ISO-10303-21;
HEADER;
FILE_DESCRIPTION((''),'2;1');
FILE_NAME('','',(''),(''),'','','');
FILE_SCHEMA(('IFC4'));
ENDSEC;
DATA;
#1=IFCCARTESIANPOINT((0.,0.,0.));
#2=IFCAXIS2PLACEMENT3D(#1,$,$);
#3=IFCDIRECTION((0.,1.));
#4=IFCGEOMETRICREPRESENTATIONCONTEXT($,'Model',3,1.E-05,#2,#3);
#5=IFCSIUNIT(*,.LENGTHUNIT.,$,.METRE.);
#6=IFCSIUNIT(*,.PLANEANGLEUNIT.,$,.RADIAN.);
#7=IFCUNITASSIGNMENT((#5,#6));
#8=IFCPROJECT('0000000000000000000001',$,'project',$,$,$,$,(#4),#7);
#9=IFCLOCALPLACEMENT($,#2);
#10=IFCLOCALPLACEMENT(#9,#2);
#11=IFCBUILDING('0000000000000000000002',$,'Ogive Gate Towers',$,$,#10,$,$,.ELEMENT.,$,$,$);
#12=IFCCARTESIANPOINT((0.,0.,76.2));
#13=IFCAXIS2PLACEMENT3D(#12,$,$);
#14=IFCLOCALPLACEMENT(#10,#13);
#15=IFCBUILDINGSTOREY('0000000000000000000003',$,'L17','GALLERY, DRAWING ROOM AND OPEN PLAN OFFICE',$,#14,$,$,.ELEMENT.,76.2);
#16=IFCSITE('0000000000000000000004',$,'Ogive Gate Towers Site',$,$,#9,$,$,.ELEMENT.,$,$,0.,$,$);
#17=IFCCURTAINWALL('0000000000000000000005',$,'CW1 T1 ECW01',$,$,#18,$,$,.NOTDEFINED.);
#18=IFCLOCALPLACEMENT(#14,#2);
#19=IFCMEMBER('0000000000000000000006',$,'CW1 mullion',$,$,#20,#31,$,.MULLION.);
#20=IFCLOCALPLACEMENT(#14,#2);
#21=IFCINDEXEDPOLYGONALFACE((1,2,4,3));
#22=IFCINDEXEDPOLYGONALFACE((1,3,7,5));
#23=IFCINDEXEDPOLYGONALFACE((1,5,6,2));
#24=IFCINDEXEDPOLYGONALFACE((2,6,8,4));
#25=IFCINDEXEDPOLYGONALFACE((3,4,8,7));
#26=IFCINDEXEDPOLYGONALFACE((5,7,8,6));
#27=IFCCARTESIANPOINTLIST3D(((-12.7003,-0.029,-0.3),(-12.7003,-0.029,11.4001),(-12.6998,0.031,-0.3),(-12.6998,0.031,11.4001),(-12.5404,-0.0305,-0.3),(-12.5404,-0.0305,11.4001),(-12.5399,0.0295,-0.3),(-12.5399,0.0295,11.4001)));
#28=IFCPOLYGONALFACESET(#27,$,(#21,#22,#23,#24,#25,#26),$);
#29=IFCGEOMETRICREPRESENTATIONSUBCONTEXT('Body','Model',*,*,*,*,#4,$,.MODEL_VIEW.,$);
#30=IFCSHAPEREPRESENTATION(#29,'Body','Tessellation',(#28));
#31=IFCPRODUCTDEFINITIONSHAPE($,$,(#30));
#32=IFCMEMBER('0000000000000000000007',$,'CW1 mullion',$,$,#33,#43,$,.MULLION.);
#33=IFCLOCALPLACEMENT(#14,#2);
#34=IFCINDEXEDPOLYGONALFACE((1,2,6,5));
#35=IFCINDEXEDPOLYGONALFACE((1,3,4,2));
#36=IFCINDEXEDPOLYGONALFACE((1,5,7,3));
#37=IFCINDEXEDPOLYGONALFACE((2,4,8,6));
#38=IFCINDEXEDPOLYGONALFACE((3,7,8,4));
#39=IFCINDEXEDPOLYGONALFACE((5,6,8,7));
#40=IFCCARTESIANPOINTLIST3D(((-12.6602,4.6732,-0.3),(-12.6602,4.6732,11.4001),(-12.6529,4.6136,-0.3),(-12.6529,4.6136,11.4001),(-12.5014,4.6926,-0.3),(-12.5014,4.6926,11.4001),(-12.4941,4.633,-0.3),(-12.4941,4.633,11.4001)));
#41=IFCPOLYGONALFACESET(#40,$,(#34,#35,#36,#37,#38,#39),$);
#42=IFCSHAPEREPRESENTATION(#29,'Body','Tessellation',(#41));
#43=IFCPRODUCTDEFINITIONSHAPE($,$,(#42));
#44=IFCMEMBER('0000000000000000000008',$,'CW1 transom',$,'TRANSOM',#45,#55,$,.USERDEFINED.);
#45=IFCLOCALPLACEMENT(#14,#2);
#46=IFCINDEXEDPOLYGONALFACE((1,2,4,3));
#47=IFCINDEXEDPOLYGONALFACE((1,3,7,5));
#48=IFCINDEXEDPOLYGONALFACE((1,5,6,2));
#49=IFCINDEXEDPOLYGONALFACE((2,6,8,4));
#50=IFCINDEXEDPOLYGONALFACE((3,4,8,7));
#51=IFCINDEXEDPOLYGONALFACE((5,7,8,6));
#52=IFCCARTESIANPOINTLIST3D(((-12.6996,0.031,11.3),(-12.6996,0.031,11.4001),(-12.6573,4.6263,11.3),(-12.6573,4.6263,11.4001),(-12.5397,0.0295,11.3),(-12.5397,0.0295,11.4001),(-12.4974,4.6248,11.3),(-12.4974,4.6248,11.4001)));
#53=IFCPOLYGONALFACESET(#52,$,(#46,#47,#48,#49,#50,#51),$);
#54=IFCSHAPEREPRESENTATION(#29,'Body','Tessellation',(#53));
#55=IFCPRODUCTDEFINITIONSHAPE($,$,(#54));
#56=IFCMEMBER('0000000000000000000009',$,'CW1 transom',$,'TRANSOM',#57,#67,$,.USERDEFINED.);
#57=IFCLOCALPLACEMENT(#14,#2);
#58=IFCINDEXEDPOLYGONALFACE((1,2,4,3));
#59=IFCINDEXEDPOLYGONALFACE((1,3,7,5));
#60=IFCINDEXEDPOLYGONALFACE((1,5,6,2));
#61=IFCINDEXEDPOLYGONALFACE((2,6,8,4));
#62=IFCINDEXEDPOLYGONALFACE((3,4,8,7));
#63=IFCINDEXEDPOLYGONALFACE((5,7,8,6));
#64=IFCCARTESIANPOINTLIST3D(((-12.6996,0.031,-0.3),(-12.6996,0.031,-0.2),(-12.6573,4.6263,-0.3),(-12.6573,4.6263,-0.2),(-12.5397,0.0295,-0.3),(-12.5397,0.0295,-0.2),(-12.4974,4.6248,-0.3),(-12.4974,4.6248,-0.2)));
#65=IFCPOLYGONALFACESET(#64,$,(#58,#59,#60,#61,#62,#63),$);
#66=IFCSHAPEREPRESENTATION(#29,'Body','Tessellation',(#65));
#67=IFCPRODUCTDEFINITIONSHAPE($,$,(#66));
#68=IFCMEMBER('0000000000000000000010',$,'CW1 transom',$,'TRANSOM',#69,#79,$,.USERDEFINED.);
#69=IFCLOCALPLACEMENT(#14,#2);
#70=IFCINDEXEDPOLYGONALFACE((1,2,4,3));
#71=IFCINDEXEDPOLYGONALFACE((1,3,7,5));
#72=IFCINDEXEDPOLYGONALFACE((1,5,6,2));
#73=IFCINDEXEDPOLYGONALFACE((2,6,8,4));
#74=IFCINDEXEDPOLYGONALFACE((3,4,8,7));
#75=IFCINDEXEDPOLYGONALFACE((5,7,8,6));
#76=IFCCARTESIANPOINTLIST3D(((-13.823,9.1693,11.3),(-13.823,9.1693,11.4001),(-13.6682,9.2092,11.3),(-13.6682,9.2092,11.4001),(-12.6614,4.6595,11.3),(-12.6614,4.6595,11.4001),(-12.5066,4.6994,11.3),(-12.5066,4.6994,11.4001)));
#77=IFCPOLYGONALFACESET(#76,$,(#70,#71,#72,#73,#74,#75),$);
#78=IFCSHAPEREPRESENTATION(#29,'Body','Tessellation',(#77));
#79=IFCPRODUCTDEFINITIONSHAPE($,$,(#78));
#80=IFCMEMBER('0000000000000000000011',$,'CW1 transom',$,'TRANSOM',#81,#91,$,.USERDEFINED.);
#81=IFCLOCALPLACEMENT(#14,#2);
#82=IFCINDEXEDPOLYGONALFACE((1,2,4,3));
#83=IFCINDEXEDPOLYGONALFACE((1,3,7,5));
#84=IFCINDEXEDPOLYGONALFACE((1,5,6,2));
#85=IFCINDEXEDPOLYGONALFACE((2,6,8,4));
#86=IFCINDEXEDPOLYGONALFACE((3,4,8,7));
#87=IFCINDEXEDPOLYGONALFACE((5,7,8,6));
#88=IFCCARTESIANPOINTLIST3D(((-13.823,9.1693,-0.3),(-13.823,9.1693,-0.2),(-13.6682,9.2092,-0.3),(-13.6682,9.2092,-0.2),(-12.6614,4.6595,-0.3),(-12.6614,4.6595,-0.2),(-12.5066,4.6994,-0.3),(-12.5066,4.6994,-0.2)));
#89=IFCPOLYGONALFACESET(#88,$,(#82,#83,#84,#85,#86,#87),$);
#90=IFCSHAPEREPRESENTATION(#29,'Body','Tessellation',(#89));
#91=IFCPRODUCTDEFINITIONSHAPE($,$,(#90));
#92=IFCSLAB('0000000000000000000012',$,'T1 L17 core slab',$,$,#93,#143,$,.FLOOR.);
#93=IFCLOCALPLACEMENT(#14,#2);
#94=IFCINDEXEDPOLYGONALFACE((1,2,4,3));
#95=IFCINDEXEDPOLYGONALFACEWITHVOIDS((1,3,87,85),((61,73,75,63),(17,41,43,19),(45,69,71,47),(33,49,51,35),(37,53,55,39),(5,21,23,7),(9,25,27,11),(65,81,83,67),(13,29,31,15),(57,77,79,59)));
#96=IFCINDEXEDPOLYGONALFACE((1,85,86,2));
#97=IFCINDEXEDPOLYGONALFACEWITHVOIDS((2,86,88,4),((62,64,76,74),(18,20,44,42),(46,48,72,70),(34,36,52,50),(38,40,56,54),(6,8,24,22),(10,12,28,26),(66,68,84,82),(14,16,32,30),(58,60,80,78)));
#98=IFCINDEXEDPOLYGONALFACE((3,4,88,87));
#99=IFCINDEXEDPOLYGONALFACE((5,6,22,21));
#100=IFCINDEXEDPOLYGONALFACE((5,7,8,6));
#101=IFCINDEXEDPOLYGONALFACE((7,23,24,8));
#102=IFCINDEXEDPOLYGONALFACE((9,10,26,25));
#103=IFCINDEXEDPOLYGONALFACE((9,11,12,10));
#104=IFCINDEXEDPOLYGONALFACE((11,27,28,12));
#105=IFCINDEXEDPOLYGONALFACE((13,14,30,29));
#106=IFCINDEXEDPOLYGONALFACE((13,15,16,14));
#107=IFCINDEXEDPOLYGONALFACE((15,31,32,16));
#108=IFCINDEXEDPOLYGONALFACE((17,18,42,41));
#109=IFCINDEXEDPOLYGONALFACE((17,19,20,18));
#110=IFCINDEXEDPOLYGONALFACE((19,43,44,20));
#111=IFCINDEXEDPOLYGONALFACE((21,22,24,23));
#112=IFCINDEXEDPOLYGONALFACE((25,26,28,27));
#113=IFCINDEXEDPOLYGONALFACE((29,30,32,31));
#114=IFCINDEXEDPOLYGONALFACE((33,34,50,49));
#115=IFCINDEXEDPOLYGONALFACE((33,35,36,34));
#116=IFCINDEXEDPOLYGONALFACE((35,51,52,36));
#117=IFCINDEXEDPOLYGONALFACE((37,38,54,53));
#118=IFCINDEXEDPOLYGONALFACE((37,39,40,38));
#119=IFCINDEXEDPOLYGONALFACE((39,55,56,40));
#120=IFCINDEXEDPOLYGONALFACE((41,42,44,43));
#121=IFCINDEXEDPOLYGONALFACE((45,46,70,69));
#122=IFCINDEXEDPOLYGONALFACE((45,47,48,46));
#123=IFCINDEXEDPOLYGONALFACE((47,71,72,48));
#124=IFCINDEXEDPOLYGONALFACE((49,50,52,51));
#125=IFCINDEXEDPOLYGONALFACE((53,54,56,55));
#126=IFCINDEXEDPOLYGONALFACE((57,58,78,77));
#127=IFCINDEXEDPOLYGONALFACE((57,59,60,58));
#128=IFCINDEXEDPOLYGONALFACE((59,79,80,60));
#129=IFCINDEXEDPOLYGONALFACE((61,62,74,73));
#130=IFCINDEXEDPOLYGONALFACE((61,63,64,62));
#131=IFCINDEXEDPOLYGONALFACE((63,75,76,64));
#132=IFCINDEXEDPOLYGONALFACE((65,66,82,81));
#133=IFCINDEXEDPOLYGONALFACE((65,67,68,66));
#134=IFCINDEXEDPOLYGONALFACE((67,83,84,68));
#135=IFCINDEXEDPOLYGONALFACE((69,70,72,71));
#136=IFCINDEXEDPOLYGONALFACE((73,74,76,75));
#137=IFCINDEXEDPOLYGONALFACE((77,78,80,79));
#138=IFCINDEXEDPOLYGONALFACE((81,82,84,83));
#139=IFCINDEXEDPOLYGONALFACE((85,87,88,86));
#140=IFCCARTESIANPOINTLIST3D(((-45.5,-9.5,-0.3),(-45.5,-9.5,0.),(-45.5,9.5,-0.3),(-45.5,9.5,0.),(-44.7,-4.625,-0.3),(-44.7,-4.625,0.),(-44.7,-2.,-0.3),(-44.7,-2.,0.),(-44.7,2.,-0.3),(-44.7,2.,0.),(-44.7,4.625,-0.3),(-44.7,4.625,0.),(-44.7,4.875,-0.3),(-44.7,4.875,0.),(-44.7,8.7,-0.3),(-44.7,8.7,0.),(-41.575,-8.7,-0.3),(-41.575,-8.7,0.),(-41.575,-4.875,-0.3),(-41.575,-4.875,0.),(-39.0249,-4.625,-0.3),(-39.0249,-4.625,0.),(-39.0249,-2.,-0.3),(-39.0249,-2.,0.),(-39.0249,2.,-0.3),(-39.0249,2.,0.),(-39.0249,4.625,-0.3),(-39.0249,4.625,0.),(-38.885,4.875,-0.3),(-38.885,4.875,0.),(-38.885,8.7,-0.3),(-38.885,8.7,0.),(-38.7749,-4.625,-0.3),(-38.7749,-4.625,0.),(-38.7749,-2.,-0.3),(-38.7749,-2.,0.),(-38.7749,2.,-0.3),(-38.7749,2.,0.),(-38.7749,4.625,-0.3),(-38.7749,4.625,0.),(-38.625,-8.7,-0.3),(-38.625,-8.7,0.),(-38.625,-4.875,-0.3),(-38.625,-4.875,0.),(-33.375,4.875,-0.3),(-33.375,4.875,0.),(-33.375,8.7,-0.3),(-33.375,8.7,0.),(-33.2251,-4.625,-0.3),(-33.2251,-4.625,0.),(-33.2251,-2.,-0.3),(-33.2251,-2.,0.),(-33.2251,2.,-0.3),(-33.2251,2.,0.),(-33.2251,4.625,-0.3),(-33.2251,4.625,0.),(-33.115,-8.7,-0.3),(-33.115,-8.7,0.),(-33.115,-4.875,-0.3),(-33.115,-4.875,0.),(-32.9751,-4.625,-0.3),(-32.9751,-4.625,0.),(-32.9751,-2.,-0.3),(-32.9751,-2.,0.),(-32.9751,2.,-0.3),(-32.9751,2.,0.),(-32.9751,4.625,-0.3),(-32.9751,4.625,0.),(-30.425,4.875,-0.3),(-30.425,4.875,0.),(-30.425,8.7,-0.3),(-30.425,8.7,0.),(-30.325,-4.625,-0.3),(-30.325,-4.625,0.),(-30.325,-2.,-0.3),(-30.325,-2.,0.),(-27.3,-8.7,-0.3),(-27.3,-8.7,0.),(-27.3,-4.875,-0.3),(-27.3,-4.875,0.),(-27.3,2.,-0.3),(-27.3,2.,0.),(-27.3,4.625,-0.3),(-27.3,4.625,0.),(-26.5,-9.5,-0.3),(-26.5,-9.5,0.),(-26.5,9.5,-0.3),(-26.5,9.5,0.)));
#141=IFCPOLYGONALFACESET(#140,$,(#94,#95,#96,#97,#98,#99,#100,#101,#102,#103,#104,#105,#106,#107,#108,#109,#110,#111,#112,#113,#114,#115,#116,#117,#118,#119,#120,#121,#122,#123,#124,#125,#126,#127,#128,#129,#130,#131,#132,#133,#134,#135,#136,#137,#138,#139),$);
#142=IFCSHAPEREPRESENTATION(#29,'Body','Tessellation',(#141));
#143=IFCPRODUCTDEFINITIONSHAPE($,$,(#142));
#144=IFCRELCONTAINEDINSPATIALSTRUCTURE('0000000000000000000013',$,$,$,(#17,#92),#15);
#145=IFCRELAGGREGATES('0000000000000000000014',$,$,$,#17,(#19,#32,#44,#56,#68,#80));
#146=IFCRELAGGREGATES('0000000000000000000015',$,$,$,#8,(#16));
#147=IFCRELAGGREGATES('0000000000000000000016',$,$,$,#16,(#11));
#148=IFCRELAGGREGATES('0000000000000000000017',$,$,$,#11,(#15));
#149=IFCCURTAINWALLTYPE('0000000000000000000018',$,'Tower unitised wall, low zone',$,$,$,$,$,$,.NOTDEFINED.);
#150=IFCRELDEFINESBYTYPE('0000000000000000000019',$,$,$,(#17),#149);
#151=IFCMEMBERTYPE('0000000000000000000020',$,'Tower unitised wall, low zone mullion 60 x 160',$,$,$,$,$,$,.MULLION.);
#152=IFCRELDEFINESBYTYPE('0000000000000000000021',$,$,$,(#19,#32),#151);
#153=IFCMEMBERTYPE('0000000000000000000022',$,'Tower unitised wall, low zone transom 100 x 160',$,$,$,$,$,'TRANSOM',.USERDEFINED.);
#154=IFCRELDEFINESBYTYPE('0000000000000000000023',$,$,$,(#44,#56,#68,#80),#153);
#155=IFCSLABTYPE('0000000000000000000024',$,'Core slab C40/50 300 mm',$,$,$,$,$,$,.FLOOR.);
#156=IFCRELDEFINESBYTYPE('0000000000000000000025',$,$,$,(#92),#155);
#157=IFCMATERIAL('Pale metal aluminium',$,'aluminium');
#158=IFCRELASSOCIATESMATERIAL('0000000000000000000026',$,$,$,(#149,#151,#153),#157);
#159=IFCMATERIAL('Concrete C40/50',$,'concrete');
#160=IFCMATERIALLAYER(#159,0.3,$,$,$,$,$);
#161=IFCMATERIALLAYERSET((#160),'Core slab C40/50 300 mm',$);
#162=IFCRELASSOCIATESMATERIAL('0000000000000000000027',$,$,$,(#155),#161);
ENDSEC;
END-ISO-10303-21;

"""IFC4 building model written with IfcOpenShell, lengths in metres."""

from ifc_helpers import new_model, si_unit, direction, frame, origin, origin_2d, place, context, subcontext, project, spatial, polyline, rectangle, outline, extrude, material, layer, layer_set, material_profile, profile_set, type_object, element, aggregate, save


model = new_model("IFC4")

# Units and contexts
model_context = context("Model", 3, precision=1e-05, world=origin(), true_north=direction((0.0, 1.0)))
body_context = subcontext(model_context, "Body", "Model", "MODEL_VIEW")
ifc_project = project(units=[si_unit("LENGTHUNIT", "METRE"), si_unit("PLANEANGLEUNIT", "RADIAN")], contexts=[model_context])

# Site, building, storey
site_placement = place(None, origin())
site = spatial("IfcSite", under=ifc_project, at=site_placement, Name="Ogive Gate Towers Site", CompositionType="ELEMENT", RefElevation=0.0)
building_placement = place(site_placement, origin())
building = spatial("IfcBuilding", under=site, at=building_placement, Name="Ogive Gate Towers", CompositionType="ELEMENT")
storey_placement = place(building_placement, frame((0.0, 0.0, 76.2)))
storey = spatial("IfcBuildingStorey", under=building, at=storey_placement, Name="L17", Description="GALLERY, DRAWING ROOM AND OPEN PLAN OFFICE", CompositionType="ELEMENT", Elevation=76.2)

# Curtain wall, members
ifc_material_1 = material(Name="Pale metal aluminium", Category="aluminium")
curtain_wall_type = type_object("IfcCurtainWallType", Name="Tower unitised wall, low zone", PredefinedType="NOTDEFINED", material=ifc_material_1)
curtain_wall_placement = place(storey_placement, origin())
curtain_wall = element("IfcCurtainWall", 1, at=curtain_wall_placement, inside=storey, type_object=curtain_wall_type, Name="CW1 T1 ECW01", PredefinedType="NOTDEFINED")
ifc_material_profile_1 = material_profile(ifc_material_1, rectangle(XDim=0.1599, YDim=0.0601, at=origin_2d()), Name="60 x 160 aluminium box")
ifc_profile_set_1 = profile_set([ifc_material_profile_1], Name="Pale metal aluminium")
member_type_1 = type_object("IfcMemberType", Name="Tower unitised wall, low zone mullion 60 x 160", PredefinedType="MULLION", material=ifc_profile_set_1)
member_1_placement = place(storey_placement, frame((-12.6201, 0.0002, -0.3), z_axis=(0.0, 0.0, 1.0), x_axis=(0.999958, -0.009198, 0.0)))
member_1 = element("IfcMember", 2, at=member_1_placement, type_object=member_type_1, Name="CW1 mullion", PredefinedType="MULLION", context=body_context, shape_type="SweptSolid", body=[
    extrude(rectangle(XDim=0.1599, YDim=0.0601, at=origin_2d()), origin(), (0.0, 0.0, 1.0), 11.7002),
])
member_2_placement = place(storey_placement, frame((-12.5771, 4.6531, -0.3), z_axis=(0.0, 0.0, 1.0), x_axis=(0.992635, 0.121142, 0.0)))
member_2 = element("IfcMember", 3, at=member_2_placement, type_object=member_type_1, Name="CW1 mullion", PredefinedType="MULLION", context=body_context, shape_type="SweptSolid", body=[
    extrude(rectangle(XDim=0.1599, YDim=0.0601, at=origin_2d()), origin(), (0.0, 0.0, 1.0), 11.7002),
])
ifc_material_profile_2 = material_profile(ifc_material_1, rectangle(XDim=0.1599, YDim=0.1001, at=origin_2d()), Name="100 x 160 aluminium box")
ifc_profile_set_2 = profile_set([ifc_material_profile_2], Name="Pale metal aluminium")
member_type_2 = type_object("IfcMemberType", Name="Tower unitised wall, low zone transom 100 x 160", ElementType="TRANSOM", PredefinedType="USERDEFINED", material=ifc_profile_set_2)
member_3_placement = place(storey_placement, frame((-12.6196, 0.0303, 11.3501), z_axis=(0.009191, 0.999958, 0.0), x_axis=(-0.999958, 0.009191, 0.0)))
member_3 = element("IfcMember", 4, at=member_3_placement, type_object=member_type_2, Name="CW1 transom", ObjectType="TRANSOM", PredefinedType="USERDEFINED", context=body_context, shape_type="SweptSolid", body=[
    extrude(rectangle(XDim=0.1599, YDim=0.1001, at=origin_2d()), origin(), (0.0, 0.0, 1.0), 4.5955),
])
member_4_placement = place(storey_placement, frame((-12.6196, 0.0303, -0.25), z_axis=(0.009191, 0.999958, 0.0), x_axis=(-0.999958, 0.009191, 0.0)))
member_4 = element("IfcMember", 5, at=member_4_placement, type_object=member_type_2, Name="CW1 transom", ObjectType="TRANSOM", PredefinedType="USERDEFINED", context=body_context, shape_type="SweptSolid", body=[
    extrude(rectangle(XDim=0.1599, YDim=0.1001, at=origin_2d()), origin(), (0.0, 0.0, 1.0), 4.5955),
])
member_5_placement = place(storey_placement, frame((-12.584, 4.6794, 11.3501), z_axis=(-0.249437, 0.968391, 0.0), x_axis=(-0.968391, -0.249437, 0.0)))
member_5 = element("IfcMember", 6, at=member_5_placement, type_object=member_type_2, Name="CW1 transom", ObjectType="TRANSOM", PredefinedType="USERDEFINED", context=body_context, shape_type="SweptSolid", body=[
    extrude(rectangle(XDim=0.1599, YDim=0.1001, at=origin_2d()), origin(), (0.0, 0.0, 1.0), 4.657),
])
member_6_placement = place(storey_placement, frame((-12.584, 4.6794, -0.25), z_axis=(-0.249437, 0.968391, 0.0), x_axis=(-0.968391, -0.249437, 0.0)))
member_6 = element("IfcMember", 7, at=member_6_placement, type_object=member_type_2, Name="CW1 transom", ObjectType="TRANSOM", PredefinedType="USERDEFINED", context=body_context, shape_type="SweptSolid", body=[
    extrude(rectangle(XDim=0.1599, YDim=0.1001, at=origin_2d()), origin(), (0.0, 0.0, 1.0), 4.657),
])

# Slab
ifc_material_2 = material(Name="Concrete C40/50", Category="concrete")
ifc_layer_1 = layer(ifc_material_2, 0.3)
ifc_layer_set_1 = layer_set([ifc_layer_1], Name="Core slab C40/50 300 mm")
slab_type_1 = type_object("IfcSlabType", Name="Core slab C40/50 300 mm", PredefinedType="FLOOR", material=ifc_layer_set_1)
slab_1_placement = place(storey_placement, frame((0.0, 0.0, -0.3)))
element("IfcSlab", 8, at=slab_1_placement, inside=storey, type_object=slab_type_1, Name="T1 L17 core slab", PredefinedType="FLOOR", context=body_context, shape_type="SweptSolid", body=[
    extrude(outline(polyline([(-26.5, 9.5), (-26.5, -9.5), (-45.5, -9.5), (-45.5, 9.5), (-26.5, 9.5)]), holes=[polyline([(-39.0249, 4.625), (-44.7, 4.625), (-44.7, 2.0), (-39.0249, 2.0), (-39.0249, 4.625)]), polyline([(-33.2251, 2.0), (-33.2251, 4.625), (-38.7749, 4.625), (-38.7749, 2.0), (-33.2251, 2.0)]), polyline([(-32.9751, 2.0), (-27.3, 2.0), (-27.3, 4.625), (-32.9751, 4.625), (-32.9751, 2.0)]), polyline([(-44.7, -2.0), (-44.7, -4.625), (-39.0249, -4.625), (-39.0249, -2.0), (-44.7, -2.0)]), polyline([(-33.2251, -2.0), (-38.7749, -2.0), (-38.7749, -4.625), (-33.2251, -4.625), (-33.2251, -2.0)]), polyline([(-30.325, -4.625), (-30.325, -2.0), (-32.9751, -2.0), (-32.9751, -4.625), (-30.325, -4.625)]), polyline([(-33.375, 4.875), (-30.425, 4.875), (-30.425, 8.7), (-33.375, 8.7), (-33.375, 4.875)]), polyline([(-41.575, -4.875), (-41.575, -8.7), (-38.625, -8.7), (-38.625, -4.875), (-41.575, -4.875)]), polyline([(-44.7, 4.875), (-38.885, 4.875), (-38.885, 8.7), (-44.7, 8.7), (-44.7, 4.875)]), polyline([(-27.3, -8.7), (-27.3, -4.875), (-33.115, -4.875), (-33.115, -8.7), (-27.3, -8.7)])]), origin(), (0.0, 0.0, 1.0), 0.3),
])

aggregate(curtain_wall, [member_1, member_2, member_3, member_4, member_5, member_6])

save(model, "model.ifc")
